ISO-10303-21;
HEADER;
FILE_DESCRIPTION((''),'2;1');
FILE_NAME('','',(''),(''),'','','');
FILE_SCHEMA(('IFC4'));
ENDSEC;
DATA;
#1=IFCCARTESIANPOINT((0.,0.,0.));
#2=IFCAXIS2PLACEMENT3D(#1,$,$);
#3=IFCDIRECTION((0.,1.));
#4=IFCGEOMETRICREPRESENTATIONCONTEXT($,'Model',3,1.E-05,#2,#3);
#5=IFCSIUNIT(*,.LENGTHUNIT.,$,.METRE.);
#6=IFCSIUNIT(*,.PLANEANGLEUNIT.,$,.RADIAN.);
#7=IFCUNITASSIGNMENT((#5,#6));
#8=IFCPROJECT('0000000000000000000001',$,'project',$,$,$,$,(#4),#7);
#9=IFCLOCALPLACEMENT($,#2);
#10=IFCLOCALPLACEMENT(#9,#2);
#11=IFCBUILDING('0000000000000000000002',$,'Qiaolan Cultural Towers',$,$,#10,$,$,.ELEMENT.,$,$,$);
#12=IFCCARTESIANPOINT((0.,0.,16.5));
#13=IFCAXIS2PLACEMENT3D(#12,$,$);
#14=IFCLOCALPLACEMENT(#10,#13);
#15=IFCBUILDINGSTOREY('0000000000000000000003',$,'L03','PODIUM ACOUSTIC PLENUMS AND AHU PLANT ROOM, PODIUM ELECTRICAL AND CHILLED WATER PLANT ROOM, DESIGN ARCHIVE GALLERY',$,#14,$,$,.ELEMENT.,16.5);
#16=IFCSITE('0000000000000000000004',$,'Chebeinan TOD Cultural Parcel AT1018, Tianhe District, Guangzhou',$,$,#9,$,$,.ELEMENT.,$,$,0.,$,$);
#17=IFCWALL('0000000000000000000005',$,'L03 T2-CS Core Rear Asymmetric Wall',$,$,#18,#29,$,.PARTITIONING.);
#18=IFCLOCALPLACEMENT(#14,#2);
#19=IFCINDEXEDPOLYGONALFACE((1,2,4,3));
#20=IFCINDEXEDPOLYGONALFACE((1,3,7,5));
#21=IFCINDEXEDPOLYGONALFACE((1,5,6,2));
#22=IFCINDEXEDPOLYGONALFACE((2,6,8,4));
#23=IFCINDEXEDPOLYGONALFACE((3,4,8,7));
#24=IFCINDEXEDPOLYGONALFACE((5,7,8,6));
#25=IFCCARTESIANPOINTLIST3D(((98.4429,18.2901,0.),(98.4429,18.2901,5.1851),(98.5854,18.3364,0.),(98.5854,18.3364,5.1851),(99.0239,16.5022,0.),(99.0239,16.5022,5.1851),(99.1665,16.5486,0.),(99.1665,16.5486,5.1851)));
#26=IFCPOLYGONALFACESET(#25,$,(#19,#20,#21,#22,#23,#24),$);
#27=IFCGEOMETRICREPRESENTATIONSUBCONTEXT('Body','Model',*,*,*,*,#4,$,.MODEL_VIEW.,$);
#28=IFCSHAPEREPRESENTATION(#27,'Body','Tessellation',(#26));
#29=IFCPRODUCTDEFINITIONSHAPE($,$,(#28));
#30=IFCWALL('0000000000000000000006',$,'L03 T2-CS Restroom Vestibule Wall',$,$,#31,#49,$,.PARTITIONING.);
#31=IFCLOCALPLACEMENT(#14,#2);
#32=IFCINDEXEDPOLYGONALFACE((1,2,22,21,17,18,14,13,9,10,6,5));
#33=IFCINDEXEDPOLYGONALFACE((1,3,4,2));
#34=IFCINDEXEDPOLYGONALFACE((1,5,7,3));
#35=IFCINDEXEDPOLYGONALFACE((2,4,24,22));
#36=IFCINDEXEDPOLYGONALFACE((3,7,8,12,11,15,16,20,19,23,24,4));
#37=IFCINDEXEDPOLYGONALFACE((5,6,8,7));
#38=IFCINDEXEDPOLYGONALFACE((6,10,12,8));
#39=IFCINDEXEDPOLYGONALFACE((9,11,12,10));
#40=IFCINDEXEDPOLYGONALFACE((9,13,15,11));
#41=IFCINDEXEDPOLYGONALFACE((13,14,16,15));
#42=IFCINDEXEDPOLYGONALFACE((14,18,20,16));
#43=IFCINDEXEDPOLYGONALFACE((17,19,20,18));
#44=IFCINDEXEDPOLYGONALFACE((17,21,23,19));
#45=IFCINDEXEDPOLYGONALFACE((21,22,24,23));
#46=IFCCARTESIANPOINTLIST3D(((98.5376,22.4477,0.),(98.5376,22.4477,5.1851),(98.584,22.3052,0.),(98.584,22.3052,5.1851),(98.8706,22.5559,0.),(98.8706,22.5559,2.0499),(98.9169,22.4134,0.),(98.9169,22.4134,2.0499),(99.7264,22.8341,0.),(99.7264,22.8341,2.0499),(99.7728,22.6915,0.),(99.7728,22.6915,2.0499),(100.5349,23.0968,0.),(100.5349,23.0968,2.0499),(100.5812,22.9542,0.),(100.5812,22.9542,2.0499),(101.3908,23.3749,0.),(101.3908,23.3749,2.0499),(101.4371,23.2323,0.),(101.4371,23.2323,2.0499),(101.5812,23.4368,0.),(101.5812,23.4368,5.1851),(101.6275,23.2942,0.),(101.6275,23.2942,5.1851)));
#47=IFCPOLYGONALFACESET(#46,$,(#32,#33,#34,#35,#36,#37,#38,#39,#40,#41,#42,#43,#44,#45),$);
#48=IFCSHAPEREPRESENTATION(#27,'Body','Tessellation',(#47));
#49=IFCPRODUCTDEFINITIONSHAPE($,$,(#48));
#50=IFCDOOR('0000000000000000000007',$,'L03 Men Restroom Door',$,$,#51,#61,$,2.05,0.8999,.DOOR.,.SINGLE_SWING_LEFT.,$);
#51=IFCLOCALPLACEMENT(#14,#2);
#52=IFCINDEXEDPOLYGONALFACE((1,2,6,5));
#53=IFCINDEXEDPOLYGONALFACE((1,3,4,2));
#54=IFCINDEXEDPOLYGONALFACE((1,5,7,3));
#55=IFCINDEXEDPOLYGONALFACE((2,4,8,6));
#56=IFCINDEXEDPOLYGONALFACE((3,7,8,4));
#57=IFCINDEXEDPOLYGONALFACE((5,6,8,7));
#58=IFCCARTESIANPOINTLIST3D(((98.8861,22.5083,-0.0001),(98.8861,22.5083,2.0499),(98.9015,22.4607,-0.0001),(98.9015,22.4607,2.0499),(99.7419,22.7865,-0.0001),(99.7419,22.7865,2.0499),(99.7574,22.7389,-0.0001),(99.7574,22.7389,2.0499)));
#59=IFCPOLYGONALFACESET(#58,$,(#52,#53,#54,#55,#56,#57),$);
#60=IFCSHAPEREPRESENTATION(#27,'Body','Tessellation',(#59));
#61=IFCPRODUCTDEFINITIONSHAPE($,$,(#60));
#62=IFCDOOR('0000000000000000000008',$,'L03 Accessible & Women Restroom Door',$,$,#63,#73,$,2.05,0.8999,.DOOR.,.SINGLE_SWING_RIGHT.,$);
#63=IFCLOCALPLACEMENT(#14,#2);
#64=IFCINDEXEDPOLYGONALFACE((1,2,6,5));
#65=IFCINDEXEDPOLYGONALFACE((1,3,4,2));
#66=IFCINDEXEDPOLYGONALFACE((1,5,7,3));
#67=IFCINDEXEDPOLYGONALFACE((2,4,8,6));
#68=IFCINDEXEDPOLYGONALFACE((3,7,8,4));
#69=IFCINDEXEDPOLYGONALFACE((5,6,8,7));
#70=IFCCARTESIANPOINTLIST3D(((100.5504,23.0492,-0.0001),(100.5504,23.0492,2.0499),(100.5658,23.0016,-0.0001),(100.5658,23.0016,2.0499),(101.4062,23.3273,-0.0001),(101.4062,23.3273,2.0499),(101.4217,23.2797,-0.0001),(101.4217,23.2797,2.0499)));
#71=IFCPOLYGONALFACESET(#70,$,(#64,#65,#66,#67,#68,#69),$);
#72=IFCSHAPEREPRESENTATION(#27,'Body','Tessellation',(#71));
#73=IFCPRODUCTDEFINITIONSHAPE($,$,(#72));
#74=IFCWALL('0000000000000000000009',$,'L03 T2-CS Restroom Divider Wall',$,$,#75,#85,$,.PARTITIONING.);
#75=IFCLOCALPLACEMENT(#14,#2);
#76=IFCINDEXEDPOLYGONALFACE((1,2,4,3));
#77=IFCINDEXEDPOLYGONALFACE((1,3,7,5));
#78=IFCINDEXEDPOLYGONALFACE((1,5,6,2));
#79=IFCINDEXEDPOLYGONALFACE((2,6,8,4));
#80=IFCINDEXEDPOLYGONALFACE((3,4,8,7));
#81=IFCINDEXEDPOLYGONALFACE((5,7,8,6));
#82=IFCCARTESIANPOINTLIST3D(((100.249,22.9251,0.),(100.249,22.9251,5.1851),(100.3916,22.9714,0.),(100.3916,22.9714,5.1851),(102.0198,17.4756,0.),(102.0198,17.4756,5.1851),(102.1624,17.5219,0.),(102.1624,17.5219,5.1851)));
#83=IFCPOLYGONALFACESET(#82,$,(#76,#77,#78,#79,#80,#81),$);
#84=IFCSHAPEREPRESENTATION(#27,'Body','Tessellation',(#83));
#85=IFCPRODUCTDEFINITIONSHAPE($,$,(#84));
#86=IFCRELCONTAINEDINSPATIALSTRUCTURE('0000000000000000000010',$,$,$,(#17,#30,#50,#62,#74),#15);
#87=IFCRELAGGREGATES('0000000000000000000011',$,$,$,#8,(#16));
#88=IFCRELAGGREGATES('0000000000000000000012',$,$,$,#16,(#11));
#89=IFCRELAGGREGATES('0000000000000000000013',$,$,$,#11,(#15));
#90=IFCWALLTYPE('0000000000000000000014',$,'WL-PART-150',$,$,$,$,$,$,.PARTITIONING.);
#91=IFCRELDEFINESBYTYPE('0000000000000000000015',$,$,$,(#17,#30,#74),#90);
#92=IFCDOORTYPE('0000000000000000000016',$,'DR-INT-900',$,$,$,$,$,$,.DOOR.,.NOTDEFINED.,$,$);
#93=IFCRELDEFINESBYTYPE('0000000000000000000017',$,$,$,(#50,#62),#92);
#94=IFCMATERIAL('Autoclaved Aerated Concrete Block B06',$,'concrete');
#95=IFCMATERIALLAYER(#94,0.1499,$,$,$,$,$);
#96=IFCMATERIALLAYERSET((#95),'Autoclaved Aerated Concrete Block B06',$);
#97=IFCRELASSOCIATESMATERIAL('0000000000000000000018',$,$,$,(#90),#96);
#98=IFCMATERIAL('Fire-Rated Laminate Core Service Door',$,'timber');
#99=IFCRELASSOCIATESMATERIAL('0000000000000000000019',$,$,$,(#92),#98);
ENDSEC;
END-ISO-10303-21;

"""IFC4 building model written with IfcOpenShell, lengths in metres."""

from ifc_helpers import new_model, si_unit, direction, frame, frame_2d, origin, place, context, subcontext, project, spatial, rectangle, extrude, material, layer, layer_set, type_object, element, fill, save


model = new_model("IFC4")

# Units and contexts
model_context = context("Model", 3, precision=1e-05, world=origin(), true_north=direction((0.0, 1.0)))
body_context = subcontext(model_context, "Body", "Model", "MODEL_VIEW")
ifc_project = project(units=[si_unit("LENGTHUNIT", "METRE"), si_unit("PLANEANGLEUNIT", "RADIAN")], contexts=[model_context])

# Site, building, storey
site_placement = place(None, origin())
site = spatial("IfcSite", under=ifc_project, at=site_placement, Name="Chebeinan TOD Cultural Parcel AT1018, Tianhe District, Guangzhou", CompositionType="ELEMENT", RefElevation=0.0)
building_placement = place(site_placement, origin())
building = spatial("IfcBuilding", under=site, at=building_placement, Name="Qiaolan Cultural Towers", CompositionType="ELEMENT")
storey_placement = place(building_placement, frame((0.0, 0.0, 16.5)))
storey = spatial("IfcBuildingStorey", under=building, at=storey_placement, Name="L03", Description="PODIUM ACOUSTIC PLENUMS AND AHU PLANT ROOM, PODIUM ELECTRICAL AND CHILLED WATER PLANT ROOM, DESIGN ARCHIVE GALLERY", CompositionType="ELEMENT", Elevation=16.5)

# Wall
ifc_material_1 = material(Name="Autoclaved Aerated Concrete Block B06", Category="concrete")
ifc_layer_1 = layer(ifc_material_1, 0.1499)
ifc_layer_set_1 = layer_set([ifc_layer_1], Name="Autoclaved Aerated Concrete Block B06")
wall_type_1 = type_object("IfcWallType", Name="WL-PART-150", PredefinedType="PARTITIONING", material=ifc_layer_set_1)
wall_1_placement = place(storey_placement, frame((98.5142, 18.3132, 0.0), z_axis=(0.0, 0.0, 1.0), x_axis=(0.309089, -0.951033, 0.0)))
element("IfcWall", 1, at=wall_1_placement, inside=storey, type_object=wall_type_1, Name="L03 T2-CS Core Rear Asymmetric Wall", PredefinedType="PARTITIONING", context=body_context, shape_type="SweptSolid", body=[
    extrude(rectangle(XDim=1.8799, YDim=0.1499, at=frame_2d((0.9399, 0.0))), origin(), (0.0, 0.0, 1.0), 5.1851),
])

# Wall, openings, doors
wall_2_placement = place(storey_placement, frame((98.5608, 22.3765, 0.0), z_axis=(0.0, 0.0, 1.0), x_axis=(0.951044, 0.309055, 0.0)))
wall_2 = element("IfcWall", 2, at=wall_2_placement, inside=storey, type_object=wall_type_1, Name="L03 T2-CS Restroom Vestibule Wall", PredefinedType="PARTITIONING", context=body_context, shape_type="SweptSolid", body=[
    extrude(rectangle(XDim=3.2002, YDim=0.1499, at=frame_2d((1.6001, 0.0))), origin(), (0.0, 0.0, 1.0), 5.1851),
])
opening_1_placement = place(wall_2_placement, frame((0.3501, 0.0, 0.0)))
opening_1 = element("IfcOpeningElement", 3, at=opening_1_placement, cuts=wall_2, PredefinedType="OPENING", context=body_context, shape_type="SweptSolid", body=[
    extrude(rectangle(XDim=0.8999, YDim=2.05, at=frame_2d((0.45, 1.0249))), frame((0.0, 0.085, 0.0), z_axis=(0.0, -1.0, 0.0), x_axis=(1.0, 0.0, 0.0)), (0.0, 0.0, 1.0), 0.1699),
])
opening_2_placement = place(wall_2_placement, frame((2.1001, 0.0, 0.0)))
opening_2 = element("IfcOpeningElement", 4, at=opening_2_placement, cuts=wall_2, PredefinedType="OPENING", context=body_context, shape_type="SweptSolid", body=[
    extrude(rectangle(XDim=0.8999, YDim=2.05, at=frame_2d((0.45, 1.0249))), frame((0.0, 0.085, 0.0), z_axis=(0.0, -1.0, 0.0), x_axis=(1.0, 0.0, 0.0)), (0.0, 0.0, 1.0), 0.1699),
])
ifc_material_2 = material(Name="Fire-Rated Laminate Core Service Door", Category="timber")
door_type = type_object("IfcDoorType", Name="DR-INT-900", OperationType="NOTDEFINED", PredefinedType="DOOR", material=ifc_material_2)
door_1_placement = place(opening_1_placement, origin())
door_1 = element("IfcDoor", 5, at=door_1_placement, inside=storey, type_object=door_type, Name="L03 Men Restroom Door", OperationType="SINGLE_SWING_LEFT", OverallHeight=2.05, OverallWidth=0.8999, PredefinedType="DOOR", context=body_context, shape_type="SweptSolid", body=[
    extrude(rectangle(XDim=0.8999, YDim=2.05, at=frame_2d((0.45, 1.0249))), frame((0.0, 0.0249, 0.0), z_axis=(0.0, -1.0, 0.0), x_axis=(1.0, 0.0, 0.0)), (0.0, 0.0, 1.0), 0.05),
])
fill(opening_1, door_1)
door_2_placement = place(opening_2_placement, origin())
door_2 = element("IfcDoor", 6, at=door_2_placement, inside=storey, type_object=door_type, Name="L03 Accessible & Women Restroom Door", OperationType="SINGLE_SWING_RIGHT", OverallHeight=2.05, OverallWidth=0.8999, PredefinedType="DOOR", context=body_context, shape_type="SweptSolid", body=[
    extrude(rectangle(XDim=0.8999, YDim=2.05, at=frame_2d((0.45, 1.0249))), frame((0.0, 0.0249, 0.0), z_axis=(0.0, -1.0, 0.0), x_axis=(1.0, 0.0, 0.0)), (0.0, 0.0, 1.0), 0.05),
])
fill(opening_2, door_2)

# Wall
wall_3_placement = place(storey_placement, frame((100.3203, 22.9482, 0.0), z_axis=(0.0, 0.0, 1.0), x_axis=(0.309035, -0.951051, 0.0)))
element("IfcWall", 7, at=wall_3_placement, inside=storey, type_object=wall_type_1, Name="L03 T2-CS Restroom Divider Wall", PredefinedType="PARTITIONING", context=body_context, shape_type="SweptSolid", body=[
    extrude(rectangle(XDim=5.73, YDim=0.1499, at=frame_2d((2.865, 0.0))), origin(), (0.0, 0.0, 1.0), 5.1851),
])

save(model, "model.ifc")
